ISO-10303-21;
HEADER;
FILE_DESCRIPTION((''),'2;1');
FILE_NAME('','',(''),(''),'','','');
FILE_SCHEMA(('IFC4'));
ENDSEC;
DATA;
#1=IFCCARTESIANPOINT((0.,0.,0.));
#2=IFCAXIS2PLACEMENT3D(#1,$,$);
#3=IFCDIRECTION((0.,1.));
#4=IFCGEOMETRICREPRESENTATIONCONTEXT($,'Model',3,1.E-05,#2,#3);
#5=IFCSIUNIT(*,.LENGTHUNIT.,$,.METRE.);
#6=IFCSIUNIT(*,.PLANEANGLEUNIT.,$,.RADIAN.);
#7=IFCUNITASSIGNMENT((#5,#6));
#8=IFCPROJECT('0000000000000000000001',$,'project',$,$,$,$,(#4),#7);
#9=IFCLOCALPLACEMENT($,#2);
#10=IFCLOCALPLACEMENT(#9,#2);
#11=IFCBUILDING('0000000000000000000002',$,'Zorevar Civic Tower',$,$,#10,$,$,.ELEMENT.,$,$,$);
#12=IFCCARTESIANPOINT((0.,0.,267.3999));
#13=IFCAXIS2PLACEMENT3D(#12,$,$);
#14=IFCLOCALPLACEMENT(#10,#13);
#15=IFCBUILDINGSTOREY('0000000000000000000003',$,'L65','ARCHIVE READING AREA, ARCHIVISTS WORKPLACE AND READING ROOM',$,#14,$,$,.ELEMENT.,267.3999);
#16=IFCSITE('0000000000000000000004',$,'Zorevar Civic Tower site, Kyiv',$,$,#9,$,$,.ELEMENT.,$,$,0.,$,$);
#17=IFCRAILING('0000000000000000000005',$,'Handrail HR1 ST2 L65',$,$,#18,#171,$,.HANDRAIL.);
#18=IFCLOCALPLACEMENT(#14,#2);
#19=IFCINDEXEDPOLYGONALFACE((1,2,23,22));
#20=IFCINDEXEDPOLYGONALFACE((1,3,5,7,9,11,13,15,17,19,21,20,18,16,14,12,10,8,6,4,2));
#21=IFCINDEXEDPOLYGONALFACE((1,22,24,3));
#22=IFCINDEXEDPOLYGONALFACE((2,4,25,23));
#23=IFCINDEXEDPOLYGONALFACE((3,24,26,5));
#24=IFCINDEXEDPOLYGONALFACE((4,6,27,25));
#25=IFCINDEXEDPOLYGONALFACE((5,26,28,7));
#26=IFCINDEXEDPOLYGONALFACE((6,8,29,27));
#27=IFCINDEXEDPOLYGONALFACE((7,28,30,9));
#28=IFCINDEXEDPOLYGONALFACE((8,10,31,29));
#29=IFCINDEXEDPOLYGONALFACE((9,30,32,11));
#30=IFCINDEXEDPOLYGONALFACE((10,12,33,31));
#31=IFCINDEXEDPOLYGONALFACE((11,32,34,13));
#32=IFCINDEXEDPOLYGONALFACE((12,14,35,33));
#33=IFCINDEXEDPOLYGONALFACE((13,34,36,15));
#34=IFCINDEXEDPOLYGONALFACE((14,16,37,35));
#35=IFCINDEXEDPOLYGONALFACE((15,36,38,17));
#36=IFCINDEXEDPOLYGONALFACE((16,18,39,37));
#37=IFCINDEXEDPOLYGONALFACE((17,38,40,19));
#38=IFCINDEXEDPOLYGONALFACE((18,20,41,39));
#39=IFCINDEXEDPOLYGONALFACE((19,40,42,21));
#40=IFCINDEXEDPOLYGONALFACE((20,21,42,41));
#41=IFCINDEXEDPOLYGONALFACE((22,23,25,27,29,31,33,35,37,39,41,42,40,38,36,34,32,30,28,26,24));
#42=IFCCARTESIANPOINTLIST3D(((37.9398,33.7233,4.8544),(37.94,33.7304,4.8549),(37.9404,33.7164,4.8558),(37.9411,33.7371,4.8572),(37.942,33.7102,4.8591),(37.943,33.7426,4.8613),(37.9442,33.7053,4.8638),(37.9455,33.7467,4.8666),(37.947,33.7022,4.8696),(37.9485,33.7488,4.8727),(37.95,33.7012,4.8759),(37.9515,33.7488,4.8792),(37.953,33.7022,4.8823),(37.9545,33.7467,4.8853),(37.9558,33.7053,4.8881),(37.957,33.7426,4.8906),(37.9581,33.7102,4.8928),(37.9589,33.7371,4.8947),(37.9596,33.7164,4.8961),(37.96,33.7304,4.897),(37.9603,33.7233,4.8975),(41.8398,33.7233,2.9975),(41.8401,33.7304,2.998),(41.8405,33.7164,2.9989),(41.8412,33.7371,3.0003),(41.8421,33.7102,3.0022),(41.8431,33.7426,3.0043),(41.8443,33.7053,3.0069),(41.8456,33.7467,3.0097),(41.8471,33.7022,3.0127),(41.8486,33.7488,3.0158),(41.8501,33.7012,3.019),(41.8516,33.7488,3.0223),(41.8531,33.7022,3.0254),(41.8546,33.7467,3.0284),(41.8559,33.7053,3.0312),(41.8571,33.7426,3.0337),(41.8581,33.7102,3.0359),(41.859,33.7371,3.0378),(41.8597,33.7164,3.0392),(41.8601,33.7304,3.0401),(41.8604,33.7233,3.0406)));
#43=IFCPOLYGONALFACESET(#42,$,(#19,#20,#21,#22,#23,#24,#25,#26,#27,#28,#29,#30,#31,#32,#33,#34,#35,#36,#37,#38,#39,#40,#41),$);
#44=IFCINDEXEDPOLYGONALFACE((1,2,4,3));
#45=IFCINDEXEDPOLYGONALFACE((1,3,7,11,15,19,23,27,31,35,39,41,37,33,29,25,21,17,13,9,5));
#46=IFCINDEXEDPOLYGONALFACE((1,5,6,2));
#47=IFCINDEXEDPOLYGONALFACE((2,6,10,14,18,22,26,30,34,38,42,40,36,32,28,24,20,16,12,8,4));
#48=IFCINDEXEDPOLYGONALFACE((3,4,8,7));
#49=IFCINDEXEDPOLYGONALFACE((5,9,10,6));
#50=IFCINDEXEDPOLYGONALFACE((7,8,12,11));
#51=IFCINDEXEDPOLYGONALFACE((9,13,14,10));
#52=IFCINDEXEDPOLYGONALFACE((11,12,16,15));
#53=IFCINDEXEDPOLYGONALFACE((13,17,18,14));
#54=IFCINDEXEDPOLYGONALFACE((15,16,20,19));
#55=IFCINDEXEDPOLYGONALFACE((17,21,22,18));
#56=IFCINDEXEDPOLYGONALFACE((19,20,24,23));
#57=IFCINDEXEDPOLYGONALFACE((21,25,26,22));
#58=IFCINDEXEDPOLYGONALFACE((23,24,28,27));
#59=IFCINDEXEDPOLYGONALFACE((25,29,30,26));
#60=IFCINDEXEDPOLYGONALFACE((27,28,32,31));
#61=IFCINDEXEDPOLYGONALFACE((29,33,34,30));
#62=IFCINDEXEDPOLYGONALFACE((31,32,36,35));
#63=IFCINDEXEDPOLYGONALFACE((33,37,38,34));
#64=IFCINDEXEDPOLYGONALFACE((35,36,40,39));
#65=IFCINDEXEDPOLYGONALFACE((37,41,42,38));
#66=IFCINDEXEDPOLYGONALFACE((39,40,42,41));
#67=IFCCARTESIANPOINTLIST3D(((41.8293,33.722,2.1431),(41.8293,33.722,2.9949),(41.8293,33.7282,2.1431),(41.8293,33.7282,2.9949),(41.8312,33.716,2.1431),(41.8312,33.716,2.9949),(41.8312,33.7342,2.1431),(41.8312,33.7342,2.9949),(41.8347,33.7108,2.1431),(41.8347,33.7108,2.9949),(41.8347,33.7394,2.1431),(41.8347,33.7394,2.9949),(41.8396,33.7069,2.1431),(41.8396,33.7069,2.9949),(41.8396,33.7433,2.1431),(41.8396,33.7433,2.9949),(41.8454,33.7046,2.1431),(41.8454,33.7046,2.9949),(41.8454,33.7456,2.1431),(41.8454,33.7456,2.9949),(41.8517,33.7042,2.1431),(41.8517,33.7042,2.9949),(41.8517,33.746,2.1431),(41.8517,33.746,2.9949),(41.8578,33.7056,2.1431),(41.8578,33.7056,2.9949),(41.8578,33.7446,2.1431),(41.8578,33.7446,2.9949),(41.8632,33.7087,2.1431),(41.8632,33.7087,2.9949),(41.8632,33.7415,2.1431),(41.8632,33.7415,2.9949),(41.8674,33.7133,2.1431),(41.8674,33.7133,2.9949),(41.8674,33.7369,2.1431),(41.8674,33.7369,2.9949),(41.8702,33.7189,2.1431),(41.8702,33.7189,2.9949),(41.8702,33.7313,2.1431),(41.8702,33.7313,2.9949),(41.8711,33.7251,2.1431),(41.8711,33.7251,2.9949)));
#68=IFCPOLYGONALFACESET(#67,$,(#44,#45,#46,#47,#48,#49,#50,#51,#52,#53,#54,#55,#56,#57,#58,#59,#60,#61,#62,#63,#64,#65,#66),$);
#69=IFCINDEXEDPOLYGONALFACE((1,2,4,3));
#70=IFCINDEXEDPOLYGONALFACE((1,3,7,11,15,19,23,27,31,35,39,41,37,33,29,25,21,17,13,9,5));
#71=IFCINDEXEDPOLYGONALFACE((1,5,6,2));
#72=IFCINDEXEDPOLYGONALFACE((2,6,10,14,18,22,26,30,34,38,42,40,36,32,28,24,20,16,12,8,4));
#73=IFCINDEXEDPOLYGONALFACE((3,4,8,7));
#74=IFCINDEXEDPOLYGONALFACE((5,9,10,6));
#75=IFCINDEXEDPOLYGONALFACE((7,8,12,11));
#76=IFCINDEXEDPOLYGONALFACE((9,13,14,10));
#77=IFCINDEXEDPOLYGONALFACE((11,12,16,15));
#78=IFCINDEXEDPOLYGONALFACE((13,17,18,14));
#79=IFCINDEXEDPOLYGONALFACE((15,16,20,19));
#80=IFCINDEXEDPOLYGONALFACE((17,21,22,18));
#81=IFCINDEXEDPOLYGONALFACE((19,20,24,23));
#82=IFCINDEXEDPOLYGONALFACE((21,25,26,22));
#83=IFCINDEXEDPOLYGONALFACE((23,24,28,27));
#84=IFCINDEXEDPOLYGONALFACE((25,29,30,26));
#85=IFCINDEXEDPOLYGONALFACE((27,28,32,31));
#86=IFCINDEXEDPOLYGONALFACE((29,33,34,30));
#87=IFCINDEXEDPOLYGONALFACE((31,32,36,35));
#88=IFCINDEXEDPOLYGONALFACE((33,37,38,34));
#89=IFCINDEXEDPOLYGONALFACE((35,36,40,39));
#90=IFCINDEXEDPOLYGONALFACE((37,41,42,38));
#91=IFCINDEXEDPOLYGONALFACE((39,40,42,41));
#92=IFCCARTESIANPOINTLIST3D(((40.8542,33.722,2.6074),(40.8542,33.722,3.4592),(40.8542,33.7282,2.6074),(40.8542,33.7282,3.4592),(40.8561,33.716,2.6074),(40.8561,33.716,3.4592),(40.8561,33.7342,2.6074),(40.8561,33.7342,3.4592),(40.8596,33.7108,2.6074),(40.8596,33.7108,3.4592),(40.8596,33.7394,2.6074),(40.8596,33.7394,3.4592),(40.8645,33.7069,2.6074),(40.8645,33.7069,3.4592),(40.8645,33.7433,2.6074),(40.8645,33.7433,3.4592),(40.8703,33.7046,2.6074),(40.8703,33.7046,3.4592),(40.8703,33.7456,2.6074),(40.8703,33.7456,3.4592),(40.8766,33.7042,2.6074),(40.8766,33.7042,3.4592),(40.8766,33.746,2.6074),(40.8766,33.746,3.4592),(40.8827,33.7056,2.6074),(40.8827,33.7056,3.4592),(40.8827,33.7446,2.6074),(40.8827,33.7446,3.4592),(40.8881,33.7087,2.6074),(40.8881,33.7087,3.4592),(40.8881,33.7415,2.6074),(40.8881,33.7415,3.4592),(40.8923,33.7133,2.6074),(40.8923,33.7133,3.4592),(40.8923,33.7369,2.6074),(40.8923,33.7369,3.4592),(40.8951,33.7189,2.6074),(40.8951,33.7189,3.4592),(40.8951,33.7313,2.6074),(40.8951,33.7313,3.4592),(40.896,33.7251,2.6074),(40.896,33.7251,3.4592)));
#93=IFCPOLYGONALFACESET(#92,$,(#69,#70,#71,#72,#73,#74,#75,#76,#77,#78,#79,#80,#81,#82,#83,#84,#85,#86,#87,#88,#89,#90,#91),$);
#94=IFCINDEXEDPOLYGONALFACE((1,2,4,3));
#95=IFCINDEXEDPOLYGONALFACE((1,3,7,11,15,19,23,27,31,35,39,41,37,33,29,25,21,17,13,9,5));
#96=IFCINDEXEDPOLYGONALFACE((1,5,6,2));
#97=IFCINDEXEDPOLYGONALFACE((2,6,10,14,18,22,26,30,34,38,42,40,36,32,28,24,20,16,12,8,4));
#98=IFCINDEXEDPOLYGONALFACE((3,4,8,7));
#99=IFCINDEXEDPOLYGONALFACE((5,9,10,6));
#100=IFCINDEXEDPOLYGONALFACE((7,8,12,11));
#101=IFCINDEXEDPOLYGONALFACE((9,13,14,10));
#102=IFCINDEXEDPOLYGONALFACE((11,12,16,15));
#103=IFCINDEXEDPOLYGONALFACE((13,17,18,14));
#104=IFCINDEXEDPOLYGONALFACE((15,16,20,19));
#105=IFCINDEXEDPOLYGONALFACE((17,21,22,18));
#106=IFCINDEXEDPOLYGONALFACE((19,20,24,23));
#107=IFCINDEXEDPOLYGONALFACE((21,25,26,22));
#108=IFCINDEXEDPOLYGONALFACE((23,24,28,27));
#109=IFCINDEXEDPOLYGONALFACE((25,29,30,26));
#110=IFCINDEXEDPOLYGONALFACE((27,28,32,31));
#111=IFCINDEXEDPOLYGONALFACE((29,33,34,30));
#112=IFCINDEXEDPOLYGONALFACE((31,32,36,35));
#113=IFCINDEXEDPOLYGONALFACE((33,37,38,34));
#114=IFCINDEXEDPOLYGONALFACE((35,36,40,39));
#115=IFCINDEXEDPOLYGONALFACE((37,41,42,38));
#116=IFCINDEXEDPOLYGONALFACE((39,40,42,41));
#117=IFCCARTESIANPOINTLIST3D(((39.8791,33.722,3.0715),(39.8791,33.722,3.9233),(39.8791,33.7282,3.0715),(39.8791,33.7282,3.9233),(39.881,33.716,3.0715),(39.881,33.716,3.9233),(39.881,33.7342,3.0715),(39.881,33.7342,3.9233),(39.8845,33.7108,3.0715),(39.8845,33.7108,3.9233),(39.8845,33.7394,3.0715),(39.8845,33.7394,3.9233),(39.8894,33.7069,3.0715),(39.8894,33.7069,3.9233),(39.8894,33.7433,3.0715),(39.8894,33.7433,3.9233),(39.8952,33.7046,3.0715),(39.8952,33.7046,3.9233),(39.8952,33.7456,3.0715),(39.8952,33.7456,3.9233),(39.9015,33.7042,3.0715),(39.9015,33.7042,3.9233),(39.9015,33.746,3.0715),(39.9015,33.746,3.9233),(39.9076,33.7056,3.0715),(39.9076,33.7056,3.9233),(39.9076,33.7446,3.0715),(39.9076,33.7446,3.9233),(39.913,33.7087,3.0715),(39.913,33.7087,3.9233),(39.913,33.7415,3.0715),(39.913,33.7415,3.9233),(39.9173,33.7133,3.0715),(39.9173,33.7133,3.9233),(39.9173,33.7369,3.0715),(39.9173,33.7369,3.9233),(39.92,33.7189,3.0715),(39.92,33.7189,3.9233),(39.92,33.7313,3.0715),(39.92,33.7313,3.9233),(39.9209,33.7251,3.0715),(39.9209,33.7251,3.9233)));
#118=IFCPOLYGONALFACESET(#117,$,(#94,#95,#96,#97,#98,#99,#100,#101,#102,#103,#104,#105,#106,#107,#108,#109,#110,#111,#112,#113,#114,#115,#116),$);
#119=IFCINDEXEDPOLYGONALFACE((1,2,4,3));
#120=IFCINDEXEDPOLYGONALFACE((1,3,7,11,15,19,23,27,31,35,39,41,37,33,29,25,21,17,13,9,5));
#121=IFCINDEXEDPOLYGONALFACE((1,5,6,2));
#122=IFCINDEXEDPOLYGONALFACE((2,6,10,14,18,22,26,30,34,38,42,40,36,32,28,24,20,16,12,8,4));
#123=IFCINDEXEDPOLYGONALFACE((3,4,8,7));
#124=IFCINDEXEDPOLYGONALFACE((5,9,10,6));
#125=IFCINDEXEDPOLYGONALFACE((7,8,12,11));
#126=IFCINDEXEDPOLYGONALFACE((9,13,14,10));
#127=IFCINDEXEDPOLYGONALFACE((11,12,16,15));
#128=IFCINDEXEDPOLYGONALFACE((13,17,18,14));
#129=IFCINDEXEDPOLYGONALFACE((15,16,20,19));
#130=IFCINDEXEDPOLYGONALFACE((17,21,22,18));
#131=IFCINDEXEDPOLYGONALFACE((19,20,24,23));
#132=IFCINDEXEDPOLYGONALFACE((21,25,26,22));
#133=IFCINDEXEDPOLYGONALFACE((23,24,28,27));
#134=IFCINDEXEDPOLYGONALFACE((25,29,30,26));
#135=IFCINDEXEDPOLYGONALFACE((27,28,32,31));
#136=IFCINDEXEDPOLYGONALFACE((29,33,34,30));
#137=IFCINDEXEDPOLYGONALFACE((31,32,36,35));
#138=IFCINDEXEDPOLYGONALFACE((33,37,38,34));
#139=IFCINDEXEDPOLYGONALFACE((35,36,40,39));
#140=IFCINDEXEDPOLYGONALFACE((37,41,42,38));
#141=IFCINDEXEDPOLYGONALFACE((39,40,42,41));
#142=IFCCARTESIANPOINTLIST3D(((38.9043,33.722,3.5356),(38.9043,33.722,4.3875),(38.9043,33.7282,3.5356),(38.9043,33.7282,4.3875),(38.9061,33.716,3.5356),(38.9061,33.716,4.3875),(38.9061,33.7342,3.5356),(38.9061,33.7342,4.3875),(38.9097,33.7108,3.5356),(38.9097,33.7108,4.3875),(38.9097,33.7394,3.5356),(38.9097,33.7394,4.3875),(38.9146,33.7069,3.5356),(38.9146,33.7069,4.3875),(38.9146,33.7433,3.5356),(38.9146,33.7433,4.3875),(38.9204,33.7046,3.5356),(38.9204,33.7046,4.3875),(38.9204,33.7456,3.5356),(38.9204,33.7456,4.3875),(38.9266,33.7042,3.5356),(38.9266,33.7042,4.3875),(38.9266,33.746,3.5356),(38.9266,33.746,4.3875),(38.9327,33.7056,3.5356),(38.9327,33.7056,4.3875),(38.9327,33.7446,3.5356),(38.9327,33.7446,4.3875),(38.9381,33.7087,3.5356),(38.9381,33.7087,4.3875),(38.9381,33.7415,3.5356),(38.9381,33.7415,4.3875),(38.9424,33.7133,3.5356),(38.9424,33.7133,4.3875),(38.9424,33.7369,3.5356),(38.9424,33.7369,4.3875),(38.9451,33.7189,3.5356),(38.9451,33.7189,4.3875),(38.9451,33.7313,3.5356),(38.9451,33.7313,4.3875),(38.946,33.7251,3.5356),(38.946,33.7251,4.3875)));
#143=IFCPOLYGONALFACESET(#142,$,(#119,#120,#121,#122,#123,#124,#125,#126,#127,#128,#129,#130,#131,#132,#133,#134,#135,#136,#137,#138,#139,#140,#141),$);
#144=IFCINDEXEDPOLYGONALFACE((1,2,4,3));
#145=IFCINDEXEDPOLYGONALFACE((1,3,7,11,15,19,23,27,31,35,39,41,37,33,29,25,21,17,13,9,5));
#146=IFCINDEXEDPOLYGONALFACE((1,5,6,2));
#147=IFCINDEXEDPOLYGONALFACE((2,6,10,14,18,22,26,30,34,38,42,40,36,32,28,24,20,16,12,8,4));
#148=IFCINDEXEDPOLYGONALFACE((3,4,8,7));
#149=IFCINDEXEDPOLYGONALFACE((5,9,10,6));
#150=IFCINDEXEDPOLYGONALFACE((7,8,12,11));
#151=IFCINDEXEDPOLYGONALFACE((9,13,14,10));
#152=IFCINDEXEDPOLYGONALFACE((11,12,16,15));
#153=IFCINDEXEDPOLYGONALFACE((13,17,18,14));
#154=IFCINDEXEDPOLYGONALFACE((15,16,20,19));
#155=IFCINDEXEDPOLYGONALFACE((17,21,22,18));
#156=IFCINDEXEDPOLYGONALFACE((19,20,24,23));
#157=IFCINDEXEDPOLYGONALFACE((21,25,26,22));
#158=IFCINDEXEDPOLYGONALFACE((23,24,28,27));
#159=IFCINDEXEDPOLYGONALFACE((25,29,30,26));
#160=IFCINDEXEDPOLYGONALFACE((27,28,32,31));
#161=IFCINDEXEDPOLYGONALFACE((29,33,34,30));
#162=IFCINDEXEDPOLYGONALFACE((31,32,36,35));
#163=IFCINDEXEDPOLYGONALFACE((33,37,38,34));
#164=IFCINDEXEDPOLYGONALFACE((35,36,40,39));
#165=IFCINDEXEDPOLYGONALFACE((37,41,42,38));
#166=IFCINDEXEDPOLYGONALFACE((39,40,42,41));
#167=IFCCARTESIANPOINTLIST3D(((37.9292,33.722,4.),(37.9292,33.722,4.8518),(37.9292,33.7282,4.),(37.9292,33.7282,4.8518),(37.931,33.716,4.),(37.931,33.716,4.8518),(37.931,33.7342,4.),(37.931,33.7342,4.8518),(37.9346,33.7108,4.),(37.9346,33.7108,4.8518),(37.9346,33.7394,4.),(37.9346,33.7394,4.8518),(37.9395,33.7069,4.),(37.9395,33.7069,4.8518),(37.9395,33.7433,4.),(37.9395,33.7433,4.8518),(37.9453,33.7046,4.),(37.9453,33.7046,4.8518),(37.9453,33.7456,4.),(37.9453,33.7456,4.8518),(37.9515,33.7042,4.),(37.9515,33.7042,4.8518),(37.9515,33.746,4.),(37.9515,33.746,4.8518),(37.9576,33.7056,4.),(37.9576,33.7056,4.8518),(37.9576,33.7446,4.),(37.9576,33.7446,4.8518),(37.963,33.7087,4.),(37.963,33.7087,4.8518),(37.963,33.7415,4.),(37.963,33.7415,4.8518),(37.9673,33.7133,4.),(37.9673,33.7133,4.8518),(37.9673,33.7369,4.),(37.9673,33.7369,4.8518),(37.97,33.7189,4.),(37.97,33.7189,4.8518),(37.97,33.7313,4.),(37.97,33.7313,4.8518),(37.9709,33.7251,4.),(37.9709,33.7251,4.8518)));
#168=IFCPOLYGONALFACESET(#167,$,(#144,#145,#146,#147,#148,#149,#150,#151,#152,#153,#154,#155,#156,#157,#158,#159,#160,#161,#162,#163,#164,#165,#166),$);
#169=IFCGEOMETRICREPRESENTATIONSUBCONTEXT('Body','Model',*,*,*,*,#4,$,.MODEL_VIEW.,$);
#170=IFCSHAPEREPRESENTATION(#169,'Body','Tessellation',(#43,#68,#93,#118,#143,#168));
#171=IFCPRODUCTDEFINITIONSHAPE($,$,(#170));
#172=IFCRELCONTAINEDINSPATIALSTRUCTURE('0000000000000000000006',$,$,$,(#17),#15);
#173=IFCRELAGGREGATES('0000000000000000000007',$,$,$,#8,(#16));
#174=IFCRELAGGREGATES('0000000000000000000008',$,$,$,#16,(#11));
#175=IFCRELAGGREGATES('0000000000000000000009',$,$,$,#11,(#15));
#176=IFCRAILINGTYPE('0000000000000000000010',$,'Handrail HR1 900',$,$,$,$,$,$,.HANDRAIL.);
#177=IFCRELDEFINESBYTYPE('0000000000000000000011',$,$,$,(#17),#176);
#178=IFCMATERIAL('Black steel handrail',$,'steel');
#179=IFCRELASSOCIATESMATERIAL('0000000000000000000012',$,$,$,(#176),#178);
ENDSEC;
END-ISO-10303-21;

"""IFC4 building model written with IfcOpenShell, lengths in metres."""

from ifc_helpers import new_model, si_unit, direction, frame, origin, origin_2d, place, context, subcontext, project, spatial, circle, extrude, material, type_object, element, save


model = new_model("IFC4")

# Units and contexts
model_context = context("Model", 3, precision=1e-05, world=origin(), true_north=direction((0.0, 1.0)))
body_context = subcontext(model_context, "Body", "Model", "MODEL_VIEW")
ifc_project = project(units=[si_unit("LENGTHUNIT", "METRE"), si_unit("PLANEANGLEUNIT", "RADIAN")], contexts=[model_context])

# Site, building, storey
site_placement = place(None, origin())
site = spatial("IfcSite", under=ifc_project, at=site_placement, Name="Zorevar Civic Tower site, Kyiv", CompositionType="ELEMENT", RefElevation=0.0)
building_placement = place(site_placement, origin())
building = spatial("IfcBuilding", under=site, at=building_placement, Name="Zorevar Civic Tower", CompositionType="ELEMENT")
storey_placement = place(building_placement, frame((0.0, 0.0, 267.3999)))
storey = spatial("IfcBuildingStorey", under=building, at=storey_placement, Name="L65", Description="ARCHIVE READING AREA, ARCHIVISTS WORKPLACE AND READING ROOM", CompositionType="ELEMENT", Elevation=267.3999)

# Railing
ifc_material_1 = material(Name="Black steel handrail", Category="steel")
railing_type = type_object("IfcRailingType", Name="Handrail HR1 900", PredefinedType="HANDRAIL", material=ifc_material_1)
railing_1_placement = place(storey_placement, frame((41.8501, 33.7251, 2.1431)))
element("IfcRailing", 1, at=railing_1_placement, inside=storey, type_object=railing_type, Name="Handrail HR1 ST2 L65", PredefinedType="HANDRAIL", context=body_context, shape_type="SweptSolid", body=[
    extrude(circle(Radius=0.0239, at=origin_2d()), frame((0.0, 0.0, 0.876), z_axis=(-0.902886, 0.0, 0.429881), x_axis=(0.0, -1.0, 0.0)), (0.0, 0.0, 1.0), 4.3196),
    extrude(circle(Radius=0.021, at=origin_2d()), origin(), (0.0, 0.0, 1.0), 0.8518),
    extrude(circle(Radius=0.021, at=origin_2d()), frame((-0.9751, 0.0, 0.4644)), (0.0, 0.0, 1.0), 0.8518),
    extrude(circle(Radius=0.021, at=origin_2d()), frame((-1.9502, 0.0, 0.9285)), (0.0, 0.0, 1.0), 0.8518),
    extrude(circle(Radius=0.021, at=origin_2d()), frame((-2.925, 0.0, 1.3926)), (0.0, 0.0, 1.0), 0.8518),
    extrude(circle(Radius=0.021, at=origin_2d()), frame((-3.9001, 0.0, 1.8569)), (0.0, 0.0, 1.0), 0.8518),
])

save(model, "model.ifc")
